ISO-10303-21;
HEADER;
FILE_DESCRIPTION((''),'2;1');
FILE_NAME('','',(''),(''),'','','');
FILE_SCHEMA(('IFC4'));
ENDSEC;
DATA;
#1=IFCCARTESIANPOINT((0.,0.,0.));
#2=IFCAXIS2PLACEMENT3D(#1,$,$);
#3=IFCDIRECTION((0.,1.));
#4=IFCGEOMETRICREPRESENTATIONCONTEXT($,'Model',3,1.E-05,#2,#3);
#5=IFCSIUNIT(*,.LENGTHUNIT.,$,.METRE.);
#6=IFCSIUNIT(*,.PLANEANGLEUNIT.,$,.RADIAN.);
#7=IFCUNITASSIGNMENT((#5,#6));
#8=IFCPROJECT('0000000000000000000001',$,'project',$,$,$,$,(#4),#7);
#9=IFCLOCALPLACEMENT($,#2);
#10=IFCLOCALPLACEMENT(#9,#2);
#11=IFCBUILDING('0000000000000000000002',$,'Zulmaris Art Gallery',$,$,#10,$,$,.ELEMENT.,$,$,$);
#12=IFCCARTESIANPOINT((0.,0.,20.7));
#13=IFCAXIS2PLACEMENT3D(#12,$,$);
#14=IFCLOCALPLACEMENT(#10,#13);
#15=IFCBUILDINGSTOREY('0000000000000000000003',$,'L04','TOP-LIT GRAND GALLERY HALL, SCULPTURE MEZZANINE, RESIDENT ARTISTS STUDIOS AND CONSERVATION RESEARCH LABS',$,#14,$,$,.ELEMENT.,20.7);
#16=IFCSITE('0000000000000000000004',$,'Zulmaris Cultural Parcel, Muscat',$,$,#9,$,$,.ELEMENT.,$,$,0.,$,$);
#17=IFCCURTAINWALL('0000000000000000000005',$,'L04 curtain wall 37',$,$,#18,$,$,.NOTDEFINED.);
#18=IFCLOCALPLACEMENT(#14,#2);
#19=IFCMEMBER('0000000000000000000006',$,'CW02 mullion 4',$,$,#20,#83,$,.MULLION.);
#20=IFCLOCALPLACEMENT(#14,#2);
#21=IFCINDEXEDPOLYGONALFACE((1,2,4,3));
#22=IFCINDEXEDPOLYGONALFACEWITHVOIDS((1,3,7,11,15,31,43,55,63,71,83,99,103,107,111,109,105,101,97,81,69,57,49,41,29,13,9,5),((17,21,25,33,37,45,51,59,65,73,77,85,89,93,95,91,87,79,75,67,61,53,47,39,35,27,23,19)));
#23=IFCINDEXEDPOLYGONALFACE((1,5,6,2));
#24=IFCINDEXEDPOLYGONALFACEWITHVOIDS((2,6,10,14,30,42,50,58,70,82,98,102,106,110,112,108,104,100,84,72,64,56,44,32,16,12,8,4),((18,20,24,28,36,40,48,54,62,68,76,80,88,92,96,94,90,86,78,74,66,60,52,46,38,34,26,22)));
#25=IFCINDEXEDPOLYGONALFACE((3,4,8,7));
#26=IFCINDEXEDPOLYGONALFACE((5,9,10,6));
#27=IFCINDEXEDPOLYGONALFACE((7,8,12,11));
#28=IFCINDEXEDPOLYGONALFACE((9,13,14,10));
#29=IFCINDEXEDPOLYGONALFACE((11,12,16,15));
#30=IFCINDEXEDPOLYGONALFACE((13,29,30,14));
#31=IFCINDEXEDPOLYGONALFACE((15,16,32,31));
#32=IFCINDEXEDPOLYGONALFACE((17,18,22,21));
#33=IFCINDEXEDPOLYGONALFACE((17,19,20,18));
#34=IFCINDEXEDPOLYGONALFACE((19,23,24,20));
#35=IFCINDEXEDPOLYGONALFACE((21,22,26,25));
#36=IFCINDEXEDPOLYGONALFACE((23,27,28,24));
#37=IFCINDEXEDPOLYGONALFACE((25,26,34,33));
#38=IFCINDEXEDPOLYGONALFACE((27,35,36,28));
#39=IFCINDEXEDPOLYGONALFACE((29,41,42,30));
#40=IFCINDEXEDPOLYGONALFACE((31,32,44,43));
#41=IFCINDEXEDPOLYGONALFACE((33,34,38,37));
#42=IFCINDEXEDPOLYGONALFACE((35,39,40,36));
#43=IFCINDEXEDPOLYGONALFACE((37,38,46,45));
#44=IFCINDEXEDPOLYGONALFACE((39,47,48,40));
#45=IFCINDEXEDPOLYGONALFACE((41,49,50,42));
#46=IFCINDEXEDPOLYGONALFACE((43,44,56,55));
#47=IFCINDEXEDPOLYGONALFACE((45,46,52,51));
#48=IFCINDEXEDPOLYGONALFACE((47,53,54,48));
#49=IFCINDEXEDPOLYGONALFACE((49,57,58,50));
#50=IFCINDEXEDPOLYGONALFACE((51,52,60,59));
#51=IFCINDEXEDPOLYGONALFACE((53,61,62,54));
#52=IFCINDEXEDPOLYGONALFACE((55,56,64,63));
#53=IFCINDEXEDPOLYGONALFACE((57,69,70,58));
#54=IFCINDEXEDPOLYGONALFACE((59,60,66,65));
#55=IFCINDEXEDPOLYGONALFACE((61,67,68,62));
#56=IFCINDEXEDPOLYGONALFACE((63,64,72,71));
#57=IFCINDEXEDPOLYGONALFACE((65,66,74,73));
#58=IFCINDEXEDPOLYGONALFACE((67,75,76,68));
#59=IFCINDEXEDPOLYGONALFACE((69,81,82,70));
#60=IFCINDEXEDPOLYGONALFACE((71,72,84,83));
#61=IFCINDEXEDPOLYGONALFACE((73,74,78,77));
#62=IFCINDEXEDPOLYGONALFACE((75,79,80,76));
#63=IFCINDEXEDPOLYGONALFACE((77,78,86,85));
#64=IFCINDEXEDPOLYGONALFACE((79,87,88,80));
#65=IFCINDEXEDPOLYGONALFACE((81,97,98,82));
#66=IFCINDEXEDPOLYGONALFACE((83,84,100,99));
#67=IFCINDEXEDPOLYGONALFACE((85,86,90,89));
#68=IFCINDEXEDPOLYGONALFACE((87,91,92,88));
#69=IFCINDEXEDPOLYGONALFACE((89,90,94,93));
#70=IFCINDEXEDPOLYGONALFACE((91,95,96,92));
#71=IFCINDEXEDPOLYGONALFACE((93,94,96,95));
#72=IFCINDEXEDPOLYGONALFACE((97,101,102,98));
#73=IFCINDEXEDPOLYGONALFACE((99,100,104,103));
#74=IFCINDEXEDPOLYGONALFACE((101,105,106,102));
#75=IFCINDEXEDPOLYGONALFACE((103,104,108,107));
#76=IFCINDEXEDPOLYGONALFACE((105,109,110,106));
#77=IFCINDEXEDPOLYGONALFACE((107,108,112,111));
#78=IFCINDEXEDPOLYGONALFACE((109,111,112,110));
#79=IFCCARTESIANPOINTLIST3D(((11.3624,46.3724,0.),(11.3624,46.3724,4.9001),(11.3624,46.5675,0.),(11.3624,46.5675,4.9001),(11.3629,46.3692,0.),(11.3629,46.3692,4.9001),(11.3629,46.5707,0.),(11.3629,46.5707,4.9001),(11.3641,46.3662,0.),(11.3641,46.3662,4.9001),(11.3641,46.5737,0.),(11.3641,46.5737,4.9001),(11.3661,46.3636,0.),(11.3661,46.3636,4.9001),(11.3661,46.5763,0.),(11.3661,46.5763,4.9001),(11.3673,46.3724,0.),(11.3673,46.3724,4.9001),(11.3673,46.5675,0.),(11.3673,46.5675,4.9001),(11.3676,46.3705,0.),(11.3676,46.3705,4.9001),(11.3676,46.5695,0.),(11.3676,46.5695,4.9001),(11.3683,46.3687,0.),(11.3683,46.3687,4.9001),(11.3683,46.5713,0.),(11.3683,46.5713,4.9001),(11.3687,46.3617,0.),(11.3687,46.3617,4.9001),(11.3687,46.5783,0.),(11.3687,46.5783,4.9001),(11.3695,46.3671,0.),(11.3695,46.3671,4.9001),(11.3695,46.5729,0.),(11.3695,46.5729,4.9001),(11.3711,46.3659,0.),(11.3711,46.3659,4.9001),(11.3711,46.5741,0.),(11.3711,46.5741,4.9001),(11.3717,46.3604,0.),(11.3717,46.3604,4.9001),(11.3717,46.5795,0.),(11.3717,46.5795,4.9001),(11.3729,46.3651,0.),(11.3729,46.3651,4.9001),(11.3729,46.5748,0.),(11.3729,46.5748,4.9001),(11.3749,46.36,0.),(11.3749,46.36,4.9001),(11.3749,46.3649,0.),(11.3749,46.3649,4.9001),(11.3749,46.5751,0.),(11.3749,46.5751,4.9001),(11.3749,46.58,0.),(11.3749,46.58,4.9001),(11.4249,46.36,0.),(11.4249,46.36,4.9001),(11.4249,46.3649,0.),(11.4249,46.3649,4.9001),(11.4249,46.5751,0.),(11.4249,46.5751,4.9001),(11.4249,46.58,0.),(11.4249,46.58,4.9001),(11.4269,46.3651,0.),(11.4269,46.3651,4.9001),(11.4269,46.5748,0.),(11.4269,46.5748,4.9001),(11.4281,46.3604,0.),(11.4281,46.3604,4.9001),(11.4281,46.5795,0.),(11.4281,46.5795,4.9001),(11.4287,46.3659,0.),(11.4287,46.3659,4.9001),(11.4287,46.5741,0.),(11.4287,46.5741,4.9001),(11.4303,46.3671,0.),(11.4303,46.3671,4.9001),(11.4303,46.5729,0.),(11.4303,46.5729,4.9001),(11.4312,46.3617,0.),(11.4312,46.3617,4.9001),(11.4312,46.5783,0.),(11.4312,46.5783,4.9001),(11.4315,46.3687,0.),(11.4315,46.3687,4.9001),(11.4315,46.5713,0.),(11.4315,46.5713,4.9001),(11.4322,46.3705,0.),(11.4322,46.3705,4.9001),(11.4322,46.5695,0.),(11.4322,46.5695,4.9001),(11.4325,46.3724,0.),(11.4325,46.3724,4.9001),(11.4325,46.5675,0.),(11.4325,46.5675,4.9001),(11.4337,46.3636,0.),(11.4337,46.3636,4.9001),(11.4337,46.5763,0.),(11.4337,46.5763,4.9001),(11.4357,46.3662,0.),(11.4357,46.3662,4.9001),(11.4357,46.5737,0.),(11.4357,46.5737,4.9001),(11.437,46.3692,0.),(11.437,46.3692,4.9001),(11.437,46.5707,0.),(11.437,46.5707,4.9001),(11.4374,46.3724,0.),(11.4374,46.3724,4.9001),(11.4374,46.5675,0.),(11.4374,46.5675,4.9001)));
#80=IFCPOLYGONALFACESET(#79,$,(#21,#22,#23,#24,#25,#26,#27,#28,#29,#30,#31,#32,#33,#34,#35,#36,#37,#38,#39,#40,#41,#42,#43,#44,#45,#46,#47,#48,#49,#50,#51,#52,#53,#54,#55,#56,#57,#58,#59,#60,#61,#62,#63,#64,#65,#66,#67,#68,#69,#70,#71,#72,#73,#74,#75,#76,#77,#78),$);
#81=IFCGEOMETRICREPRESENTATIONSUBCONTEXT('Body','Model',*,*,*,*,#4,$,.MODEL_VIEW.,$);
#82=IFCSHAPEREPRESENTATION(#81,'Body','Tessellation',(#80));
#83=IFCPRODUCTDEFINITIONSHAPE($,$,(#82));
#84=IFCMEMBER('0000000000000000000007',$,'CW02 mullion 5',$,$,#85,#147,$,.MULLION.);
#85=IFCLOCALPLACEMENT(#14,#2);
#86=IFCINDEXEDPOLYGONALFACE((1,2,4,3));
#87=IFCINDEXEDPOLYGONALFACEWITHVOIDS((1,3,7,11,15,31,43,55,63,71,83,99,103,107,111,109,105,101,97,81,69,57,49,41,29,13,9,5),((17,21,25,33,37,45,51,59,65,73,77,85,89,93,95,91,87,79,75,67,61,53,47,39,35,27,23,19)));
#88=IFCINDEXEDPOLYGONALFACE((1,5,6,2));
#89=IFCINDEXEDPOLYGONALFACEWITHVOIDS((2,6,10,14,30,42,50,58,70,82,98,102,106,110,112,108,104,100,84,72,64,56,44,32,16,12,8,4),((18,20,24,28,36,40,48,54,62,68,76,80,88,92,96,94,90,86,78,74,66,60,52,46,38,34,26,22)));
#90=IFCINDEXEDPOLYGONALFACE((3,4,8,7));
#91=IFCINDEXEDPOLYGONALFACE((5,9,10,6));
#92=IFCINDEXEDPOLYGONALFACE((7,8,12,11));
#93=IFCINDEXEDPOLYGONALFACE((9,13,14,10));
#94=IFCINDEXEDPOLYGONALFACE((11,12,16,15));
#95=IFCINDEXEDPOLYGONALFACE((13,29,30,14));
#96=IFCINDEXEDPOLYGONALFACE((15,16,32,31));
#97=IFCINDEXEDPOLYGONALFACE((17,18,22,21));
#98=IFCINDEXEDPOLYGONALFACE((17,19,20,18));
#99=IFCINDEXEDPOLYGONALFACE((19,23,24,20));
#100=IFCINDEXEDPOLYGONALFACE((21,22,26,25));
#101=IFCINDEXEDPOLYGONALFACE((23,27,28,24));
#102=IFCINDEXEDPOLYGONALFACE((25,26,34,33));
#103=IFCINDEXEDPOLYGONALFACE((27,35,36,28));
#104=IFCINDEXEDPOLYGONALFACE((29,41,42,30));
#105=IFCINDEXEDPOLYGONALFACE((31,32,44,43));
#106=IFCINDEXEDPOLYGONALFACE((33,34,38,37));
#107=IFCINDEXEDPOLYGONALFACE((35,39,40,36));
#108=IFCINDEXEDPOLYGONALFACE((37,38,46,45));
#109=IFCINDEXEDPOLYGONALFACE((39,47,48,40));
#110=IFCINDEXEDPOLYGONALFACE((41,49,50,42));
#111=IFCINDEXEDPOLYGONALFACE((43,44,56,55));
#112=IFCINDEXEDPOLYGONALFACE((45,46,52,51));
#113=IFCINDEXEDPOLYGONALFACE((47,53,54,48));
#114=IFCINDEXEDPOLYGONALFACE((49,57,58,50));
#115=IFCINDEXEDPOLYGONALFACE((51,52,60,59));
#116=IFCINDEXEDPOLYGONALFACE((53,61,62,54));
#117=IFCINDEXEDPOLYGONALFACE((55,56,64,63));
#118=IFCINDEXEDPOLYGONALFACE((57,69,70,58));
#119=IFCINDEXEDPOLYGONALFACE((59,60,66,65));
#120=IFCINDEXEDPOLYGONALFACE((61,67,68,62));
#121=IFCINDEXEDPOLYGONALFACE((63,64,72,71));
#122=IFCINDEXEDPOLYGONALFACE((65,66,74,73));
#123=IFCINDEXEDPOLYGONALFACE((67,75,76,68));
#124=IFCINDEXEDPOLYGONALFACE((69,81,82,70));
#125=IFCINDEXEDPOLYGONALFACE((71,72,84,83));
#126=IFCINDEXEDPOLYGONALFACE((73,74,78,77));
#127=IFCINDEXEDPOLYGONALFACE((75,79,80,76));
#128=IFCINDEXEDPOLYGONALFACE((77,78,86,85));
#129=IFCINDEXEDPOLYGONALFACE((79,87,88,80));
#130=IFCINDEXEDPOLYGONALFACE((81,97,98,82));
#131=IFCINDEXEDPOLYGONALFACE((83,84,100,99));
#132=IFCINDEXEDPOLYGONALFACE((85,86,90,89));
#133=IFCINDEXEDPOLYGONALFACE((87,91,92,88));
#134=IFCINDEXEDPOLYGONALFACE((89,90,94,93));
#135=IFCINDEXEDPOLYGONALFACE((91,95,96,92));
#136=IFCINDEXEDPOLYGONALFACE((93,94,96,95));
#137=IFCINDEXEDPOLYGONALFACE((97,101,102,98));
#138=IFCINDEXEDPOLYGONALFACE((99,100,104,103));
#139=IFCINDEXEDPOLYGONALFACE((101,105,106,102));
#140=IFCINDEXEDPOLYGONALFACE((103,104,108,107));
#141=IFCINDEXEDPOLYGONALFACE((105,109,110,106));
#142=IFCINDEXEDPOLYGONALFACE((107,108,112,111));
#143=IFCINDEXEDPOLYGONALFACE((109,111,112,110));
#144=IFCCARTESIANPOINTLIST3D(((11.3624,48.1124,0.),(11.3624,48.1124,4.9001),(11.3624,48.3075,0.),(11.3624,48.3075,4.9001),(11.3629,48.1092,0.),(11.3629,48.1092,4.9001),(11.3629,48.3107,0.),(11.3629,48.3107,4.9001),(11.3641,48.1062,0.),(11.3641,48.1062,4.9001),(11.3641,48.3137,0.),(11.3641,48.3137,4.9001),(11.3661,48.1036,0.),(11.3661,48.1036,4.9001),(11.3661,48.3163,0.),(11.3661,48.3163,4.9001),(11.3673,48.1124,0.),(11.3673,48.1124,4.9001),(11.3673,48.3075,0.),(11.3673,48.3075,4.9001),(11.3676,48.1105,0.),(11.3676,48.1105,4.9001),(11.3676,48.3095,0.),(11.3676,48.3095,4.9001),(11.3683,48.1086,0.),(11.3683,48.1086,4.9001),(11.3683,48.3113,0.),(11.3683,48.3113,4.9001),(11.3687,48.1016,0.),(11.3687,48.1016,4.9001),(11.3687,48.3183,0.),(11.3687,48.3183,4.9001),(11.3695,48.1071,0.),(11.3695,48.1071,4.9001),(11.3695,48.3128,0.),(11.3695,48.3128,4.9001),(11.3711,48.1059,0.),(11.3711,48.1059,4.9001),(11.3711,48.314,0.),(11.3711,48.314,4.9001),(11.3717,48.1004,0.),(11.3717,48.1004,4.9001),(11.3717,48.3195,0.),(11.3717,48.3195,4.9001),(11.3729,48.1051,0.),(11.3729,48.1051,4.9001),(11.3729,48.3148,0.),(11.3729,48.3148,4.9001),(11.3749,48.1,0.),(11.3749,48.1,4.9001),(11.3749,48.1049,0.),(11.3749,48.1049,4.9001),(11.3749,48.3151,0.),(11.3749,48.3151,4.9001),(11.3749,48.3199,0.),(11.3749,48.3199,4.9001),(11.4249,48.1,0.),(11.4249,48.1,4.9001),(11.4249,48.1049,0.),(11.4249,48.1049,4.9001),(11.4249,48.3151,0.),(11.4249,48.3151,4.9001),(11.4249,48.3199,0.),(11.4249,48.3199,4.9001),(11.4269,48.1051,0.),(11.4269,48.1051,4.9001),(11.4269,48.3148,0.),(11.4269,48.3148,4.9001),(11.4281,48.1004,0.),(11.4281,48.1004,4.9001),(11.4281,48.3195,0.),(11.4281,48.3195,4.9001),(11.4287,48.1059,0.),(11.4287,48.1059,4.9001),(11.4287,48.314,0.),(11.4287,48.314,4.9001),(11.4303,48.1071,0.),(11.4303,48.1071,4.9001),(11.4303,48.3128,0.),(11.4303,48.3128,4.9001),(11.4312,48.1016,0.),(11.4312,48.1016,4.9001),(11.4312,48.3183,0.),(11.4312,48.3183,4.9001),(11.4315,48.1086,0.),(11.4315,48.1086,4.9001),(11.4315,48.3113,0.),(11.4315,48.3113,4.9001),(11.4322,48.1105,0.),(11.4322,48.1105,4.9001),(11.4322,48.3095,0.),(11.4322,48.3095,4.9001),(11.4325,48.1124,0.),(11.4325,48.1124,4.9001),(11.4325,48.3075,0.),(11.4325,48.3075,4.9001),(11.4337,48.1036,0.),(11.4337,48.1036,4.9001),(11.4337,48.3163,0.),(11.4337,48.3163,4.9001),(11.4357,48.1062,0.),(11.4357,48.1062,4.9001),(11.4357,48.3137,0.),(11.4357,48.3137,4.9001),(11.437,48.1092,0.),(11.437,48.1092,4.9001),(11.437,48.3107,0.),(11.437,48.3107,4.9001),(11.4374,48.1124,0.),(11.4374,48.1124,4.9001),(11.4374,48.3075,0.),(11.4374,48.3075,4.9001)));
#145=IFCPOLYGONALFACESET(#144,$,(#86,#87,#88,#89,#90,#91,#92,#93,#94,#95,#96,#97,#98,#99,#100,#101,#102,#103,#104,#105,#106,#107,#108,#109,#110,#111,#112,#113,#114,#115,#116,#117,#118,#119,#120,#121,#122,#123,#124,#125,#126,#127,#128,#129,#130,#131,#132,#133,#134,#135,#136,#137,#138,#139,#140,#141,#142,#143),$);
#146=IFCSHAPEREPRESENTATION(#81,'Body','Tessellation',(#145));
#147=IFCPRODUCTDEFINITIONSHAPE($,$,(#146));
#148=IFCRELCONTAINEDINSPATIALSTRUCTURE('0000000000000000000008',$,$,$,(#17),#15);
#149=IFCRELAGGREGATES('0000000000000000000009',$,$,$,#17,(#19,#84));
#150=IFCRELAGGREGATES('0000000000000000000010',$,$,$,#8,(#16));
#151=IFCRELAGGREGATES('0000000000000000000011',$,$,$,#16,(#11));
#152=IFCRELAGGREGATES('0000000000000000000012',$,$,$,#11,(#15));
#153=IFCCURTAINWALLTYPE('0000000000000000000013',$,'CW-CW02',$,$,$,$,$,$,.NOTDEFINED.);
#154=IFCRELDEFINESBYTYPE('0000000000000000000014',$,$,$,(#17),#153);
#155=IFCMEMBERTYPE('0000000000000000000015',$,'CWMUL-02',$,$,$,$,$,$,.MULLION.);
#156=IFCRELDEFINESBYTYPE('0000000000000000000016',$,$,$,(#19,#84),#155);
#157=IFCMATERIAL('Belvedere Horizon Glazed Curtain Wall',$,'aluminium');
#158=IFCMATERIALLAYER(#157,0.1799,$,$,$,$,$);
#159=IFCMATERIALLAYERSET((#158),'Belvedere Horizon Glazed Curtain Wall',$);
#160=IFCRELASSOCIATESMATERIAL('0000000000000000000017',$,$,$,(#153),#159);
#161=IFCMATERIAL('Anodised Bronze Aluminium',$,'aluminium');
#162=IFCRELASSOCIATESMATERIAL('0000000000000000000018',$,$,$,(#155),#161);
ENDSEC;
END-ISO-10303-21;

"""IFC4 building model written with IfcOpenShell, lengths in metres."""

from ifc_helpers import new_model, si_unit, direction, frame, origin, origin_2d, place, context, subcontext, project, spatial, hollow_rectangle, extrude, material, layer, layer_set, material_profile, profile_set, type_object, element, aggregate, save


model = new_model("IFC4")

# Units and contexts
model_context = context("Model", 3, precision=1e-05, world=origin(), true_north=direction((0.0, 1.0)))
body_context = subcontext(model_context, "Body", "Model", "MODEL_VIEW")
ifc_project = project(units=[si_unit("LENGTHUNIT", "METRE"), si_unit("PLANEANGLEUNIT", "RADIAN")], contexts=[model_context])

# Site, building, storey
site_placement = place(None, origin())
site = spatial("IfcSite", under=ifc_project, at=site_placement, Name="Zulmaris Cultural Parcel, Muscat", CompositionType="ELEMENT", RefElevation=0.0)
building_placement = place(site_placement, origin())
building = spatial("IfcBuilding", under=site, at=building_placement, Name="Zulmaris Art Gallery", CompositionType="ELEMENT")
storey_placement = place(building_placement, frame((0.0, 0.0, 20.7)))
storey = spatial("IfcBuildingStorey", under=building, at=storey_placement, Name="L04", Description="TOP-LIT GRAND GALLERY HALL, SCULPTURE MEZZANINE, RESIDENT ARTISTS STUDIOS AND CONSERVATION RESEARCH LABS", CompositionType="ELEMENT", Elevation=20.7)

# Curtain wall, members
ifc_material_1 = material(Name="Belvedere Horizon Glazed Curtain Wall", Category="aluminium")
ifc_layer_1 = layer(ifc_material_1, 0.1799)
ifc_layer_set_1 = layer_set([ifc_layer_1], Name="Belvedere Horizon Glazed Curtain Wall")
curtain_wall_type = type_object("IfcCurtainWallType", Name="CW-CW02", PredefinedType="NOTDEFINED", material=ifc_layer_set_1)
curtain_wall_placement = place(storey_placement, origin())
curtain_wall = element("IfcCurtainWall", 1, at=curtain_wall_placement, inside=storey, type_object=curtain_wall_type, Name="L04 curtain wall 37", PredefinedType="NOTDEFINED")
ifc_material_2 = material(Name="Anodised Bronze Aluminium", Category="aluminium")
ifc_material_profile_1 = material_profile(ifc_material_2, hollow_rectangle(XDim=0.075, YDim=0.22, WallThickness=0.0049, InnerFilletRadius=0.0076, OuterFilletRadius=0.0125, at=origin_2d()), Name="ALU 75x220x5")
ifc_profile_set_1 = profile_set([ifc_material_profile_1], Name="Anodised Bronze Aluminium")
member_type_1 = type_object("IfcMemberType", Name="CWMUL-02", PredefinedType="MULLION", material=ifc_profile_set_1)
member_1_placement = place(storey_placement, frame((11.3999, 46.47, 0.0), z_axis=(0.0, 0.0, 1.0), x_axis=(-1.0, 0.0, 0.0)))
member_1 = element("IfcMember", 2, at=member_1_placement, type_object=member_type_1, Name="CW02 mullion 4", PredefinedType="MULLION", context=body_context, shape_type="SweptSolid", body=[
    extrude(hollow_rectangle(XDim=0.075, YDim=0.22, WallThickness=0.0049, InnerFilletRadius=0.0076, OuterFilletRadius=0.0125, at=origin_2d()), origin(), (0.0, 0.0, 1.0), 4.9001),
])
member_2_placement = place(storey_placement, frame((11.3999, 48.21, 0.0), z_axis=(0.0, 0.0, 1.0), x_axis=(-1.0, 0.0, 0.0)))
member_2 = element("IfcMember", 3, at=member_2_placement, type_object=member_type_1, Name="CW02 mullion 5", PredefinedType="MULLION", context=body_context, shape_type="SweptSolid", body=[
    extrude(hollow_rectangle(XDim=0.075, YDim=0.22, WallThickness=0.0049, InnerFilletRadius=0.0076, OuterFilletRadius=0.0125, at=origin_2d()), origin(), (0.0, 0.0, 1.0), 4.9001),
])

aggregate(curtain_wall, [member_1, member_2])

save(model, "model.ifc")
